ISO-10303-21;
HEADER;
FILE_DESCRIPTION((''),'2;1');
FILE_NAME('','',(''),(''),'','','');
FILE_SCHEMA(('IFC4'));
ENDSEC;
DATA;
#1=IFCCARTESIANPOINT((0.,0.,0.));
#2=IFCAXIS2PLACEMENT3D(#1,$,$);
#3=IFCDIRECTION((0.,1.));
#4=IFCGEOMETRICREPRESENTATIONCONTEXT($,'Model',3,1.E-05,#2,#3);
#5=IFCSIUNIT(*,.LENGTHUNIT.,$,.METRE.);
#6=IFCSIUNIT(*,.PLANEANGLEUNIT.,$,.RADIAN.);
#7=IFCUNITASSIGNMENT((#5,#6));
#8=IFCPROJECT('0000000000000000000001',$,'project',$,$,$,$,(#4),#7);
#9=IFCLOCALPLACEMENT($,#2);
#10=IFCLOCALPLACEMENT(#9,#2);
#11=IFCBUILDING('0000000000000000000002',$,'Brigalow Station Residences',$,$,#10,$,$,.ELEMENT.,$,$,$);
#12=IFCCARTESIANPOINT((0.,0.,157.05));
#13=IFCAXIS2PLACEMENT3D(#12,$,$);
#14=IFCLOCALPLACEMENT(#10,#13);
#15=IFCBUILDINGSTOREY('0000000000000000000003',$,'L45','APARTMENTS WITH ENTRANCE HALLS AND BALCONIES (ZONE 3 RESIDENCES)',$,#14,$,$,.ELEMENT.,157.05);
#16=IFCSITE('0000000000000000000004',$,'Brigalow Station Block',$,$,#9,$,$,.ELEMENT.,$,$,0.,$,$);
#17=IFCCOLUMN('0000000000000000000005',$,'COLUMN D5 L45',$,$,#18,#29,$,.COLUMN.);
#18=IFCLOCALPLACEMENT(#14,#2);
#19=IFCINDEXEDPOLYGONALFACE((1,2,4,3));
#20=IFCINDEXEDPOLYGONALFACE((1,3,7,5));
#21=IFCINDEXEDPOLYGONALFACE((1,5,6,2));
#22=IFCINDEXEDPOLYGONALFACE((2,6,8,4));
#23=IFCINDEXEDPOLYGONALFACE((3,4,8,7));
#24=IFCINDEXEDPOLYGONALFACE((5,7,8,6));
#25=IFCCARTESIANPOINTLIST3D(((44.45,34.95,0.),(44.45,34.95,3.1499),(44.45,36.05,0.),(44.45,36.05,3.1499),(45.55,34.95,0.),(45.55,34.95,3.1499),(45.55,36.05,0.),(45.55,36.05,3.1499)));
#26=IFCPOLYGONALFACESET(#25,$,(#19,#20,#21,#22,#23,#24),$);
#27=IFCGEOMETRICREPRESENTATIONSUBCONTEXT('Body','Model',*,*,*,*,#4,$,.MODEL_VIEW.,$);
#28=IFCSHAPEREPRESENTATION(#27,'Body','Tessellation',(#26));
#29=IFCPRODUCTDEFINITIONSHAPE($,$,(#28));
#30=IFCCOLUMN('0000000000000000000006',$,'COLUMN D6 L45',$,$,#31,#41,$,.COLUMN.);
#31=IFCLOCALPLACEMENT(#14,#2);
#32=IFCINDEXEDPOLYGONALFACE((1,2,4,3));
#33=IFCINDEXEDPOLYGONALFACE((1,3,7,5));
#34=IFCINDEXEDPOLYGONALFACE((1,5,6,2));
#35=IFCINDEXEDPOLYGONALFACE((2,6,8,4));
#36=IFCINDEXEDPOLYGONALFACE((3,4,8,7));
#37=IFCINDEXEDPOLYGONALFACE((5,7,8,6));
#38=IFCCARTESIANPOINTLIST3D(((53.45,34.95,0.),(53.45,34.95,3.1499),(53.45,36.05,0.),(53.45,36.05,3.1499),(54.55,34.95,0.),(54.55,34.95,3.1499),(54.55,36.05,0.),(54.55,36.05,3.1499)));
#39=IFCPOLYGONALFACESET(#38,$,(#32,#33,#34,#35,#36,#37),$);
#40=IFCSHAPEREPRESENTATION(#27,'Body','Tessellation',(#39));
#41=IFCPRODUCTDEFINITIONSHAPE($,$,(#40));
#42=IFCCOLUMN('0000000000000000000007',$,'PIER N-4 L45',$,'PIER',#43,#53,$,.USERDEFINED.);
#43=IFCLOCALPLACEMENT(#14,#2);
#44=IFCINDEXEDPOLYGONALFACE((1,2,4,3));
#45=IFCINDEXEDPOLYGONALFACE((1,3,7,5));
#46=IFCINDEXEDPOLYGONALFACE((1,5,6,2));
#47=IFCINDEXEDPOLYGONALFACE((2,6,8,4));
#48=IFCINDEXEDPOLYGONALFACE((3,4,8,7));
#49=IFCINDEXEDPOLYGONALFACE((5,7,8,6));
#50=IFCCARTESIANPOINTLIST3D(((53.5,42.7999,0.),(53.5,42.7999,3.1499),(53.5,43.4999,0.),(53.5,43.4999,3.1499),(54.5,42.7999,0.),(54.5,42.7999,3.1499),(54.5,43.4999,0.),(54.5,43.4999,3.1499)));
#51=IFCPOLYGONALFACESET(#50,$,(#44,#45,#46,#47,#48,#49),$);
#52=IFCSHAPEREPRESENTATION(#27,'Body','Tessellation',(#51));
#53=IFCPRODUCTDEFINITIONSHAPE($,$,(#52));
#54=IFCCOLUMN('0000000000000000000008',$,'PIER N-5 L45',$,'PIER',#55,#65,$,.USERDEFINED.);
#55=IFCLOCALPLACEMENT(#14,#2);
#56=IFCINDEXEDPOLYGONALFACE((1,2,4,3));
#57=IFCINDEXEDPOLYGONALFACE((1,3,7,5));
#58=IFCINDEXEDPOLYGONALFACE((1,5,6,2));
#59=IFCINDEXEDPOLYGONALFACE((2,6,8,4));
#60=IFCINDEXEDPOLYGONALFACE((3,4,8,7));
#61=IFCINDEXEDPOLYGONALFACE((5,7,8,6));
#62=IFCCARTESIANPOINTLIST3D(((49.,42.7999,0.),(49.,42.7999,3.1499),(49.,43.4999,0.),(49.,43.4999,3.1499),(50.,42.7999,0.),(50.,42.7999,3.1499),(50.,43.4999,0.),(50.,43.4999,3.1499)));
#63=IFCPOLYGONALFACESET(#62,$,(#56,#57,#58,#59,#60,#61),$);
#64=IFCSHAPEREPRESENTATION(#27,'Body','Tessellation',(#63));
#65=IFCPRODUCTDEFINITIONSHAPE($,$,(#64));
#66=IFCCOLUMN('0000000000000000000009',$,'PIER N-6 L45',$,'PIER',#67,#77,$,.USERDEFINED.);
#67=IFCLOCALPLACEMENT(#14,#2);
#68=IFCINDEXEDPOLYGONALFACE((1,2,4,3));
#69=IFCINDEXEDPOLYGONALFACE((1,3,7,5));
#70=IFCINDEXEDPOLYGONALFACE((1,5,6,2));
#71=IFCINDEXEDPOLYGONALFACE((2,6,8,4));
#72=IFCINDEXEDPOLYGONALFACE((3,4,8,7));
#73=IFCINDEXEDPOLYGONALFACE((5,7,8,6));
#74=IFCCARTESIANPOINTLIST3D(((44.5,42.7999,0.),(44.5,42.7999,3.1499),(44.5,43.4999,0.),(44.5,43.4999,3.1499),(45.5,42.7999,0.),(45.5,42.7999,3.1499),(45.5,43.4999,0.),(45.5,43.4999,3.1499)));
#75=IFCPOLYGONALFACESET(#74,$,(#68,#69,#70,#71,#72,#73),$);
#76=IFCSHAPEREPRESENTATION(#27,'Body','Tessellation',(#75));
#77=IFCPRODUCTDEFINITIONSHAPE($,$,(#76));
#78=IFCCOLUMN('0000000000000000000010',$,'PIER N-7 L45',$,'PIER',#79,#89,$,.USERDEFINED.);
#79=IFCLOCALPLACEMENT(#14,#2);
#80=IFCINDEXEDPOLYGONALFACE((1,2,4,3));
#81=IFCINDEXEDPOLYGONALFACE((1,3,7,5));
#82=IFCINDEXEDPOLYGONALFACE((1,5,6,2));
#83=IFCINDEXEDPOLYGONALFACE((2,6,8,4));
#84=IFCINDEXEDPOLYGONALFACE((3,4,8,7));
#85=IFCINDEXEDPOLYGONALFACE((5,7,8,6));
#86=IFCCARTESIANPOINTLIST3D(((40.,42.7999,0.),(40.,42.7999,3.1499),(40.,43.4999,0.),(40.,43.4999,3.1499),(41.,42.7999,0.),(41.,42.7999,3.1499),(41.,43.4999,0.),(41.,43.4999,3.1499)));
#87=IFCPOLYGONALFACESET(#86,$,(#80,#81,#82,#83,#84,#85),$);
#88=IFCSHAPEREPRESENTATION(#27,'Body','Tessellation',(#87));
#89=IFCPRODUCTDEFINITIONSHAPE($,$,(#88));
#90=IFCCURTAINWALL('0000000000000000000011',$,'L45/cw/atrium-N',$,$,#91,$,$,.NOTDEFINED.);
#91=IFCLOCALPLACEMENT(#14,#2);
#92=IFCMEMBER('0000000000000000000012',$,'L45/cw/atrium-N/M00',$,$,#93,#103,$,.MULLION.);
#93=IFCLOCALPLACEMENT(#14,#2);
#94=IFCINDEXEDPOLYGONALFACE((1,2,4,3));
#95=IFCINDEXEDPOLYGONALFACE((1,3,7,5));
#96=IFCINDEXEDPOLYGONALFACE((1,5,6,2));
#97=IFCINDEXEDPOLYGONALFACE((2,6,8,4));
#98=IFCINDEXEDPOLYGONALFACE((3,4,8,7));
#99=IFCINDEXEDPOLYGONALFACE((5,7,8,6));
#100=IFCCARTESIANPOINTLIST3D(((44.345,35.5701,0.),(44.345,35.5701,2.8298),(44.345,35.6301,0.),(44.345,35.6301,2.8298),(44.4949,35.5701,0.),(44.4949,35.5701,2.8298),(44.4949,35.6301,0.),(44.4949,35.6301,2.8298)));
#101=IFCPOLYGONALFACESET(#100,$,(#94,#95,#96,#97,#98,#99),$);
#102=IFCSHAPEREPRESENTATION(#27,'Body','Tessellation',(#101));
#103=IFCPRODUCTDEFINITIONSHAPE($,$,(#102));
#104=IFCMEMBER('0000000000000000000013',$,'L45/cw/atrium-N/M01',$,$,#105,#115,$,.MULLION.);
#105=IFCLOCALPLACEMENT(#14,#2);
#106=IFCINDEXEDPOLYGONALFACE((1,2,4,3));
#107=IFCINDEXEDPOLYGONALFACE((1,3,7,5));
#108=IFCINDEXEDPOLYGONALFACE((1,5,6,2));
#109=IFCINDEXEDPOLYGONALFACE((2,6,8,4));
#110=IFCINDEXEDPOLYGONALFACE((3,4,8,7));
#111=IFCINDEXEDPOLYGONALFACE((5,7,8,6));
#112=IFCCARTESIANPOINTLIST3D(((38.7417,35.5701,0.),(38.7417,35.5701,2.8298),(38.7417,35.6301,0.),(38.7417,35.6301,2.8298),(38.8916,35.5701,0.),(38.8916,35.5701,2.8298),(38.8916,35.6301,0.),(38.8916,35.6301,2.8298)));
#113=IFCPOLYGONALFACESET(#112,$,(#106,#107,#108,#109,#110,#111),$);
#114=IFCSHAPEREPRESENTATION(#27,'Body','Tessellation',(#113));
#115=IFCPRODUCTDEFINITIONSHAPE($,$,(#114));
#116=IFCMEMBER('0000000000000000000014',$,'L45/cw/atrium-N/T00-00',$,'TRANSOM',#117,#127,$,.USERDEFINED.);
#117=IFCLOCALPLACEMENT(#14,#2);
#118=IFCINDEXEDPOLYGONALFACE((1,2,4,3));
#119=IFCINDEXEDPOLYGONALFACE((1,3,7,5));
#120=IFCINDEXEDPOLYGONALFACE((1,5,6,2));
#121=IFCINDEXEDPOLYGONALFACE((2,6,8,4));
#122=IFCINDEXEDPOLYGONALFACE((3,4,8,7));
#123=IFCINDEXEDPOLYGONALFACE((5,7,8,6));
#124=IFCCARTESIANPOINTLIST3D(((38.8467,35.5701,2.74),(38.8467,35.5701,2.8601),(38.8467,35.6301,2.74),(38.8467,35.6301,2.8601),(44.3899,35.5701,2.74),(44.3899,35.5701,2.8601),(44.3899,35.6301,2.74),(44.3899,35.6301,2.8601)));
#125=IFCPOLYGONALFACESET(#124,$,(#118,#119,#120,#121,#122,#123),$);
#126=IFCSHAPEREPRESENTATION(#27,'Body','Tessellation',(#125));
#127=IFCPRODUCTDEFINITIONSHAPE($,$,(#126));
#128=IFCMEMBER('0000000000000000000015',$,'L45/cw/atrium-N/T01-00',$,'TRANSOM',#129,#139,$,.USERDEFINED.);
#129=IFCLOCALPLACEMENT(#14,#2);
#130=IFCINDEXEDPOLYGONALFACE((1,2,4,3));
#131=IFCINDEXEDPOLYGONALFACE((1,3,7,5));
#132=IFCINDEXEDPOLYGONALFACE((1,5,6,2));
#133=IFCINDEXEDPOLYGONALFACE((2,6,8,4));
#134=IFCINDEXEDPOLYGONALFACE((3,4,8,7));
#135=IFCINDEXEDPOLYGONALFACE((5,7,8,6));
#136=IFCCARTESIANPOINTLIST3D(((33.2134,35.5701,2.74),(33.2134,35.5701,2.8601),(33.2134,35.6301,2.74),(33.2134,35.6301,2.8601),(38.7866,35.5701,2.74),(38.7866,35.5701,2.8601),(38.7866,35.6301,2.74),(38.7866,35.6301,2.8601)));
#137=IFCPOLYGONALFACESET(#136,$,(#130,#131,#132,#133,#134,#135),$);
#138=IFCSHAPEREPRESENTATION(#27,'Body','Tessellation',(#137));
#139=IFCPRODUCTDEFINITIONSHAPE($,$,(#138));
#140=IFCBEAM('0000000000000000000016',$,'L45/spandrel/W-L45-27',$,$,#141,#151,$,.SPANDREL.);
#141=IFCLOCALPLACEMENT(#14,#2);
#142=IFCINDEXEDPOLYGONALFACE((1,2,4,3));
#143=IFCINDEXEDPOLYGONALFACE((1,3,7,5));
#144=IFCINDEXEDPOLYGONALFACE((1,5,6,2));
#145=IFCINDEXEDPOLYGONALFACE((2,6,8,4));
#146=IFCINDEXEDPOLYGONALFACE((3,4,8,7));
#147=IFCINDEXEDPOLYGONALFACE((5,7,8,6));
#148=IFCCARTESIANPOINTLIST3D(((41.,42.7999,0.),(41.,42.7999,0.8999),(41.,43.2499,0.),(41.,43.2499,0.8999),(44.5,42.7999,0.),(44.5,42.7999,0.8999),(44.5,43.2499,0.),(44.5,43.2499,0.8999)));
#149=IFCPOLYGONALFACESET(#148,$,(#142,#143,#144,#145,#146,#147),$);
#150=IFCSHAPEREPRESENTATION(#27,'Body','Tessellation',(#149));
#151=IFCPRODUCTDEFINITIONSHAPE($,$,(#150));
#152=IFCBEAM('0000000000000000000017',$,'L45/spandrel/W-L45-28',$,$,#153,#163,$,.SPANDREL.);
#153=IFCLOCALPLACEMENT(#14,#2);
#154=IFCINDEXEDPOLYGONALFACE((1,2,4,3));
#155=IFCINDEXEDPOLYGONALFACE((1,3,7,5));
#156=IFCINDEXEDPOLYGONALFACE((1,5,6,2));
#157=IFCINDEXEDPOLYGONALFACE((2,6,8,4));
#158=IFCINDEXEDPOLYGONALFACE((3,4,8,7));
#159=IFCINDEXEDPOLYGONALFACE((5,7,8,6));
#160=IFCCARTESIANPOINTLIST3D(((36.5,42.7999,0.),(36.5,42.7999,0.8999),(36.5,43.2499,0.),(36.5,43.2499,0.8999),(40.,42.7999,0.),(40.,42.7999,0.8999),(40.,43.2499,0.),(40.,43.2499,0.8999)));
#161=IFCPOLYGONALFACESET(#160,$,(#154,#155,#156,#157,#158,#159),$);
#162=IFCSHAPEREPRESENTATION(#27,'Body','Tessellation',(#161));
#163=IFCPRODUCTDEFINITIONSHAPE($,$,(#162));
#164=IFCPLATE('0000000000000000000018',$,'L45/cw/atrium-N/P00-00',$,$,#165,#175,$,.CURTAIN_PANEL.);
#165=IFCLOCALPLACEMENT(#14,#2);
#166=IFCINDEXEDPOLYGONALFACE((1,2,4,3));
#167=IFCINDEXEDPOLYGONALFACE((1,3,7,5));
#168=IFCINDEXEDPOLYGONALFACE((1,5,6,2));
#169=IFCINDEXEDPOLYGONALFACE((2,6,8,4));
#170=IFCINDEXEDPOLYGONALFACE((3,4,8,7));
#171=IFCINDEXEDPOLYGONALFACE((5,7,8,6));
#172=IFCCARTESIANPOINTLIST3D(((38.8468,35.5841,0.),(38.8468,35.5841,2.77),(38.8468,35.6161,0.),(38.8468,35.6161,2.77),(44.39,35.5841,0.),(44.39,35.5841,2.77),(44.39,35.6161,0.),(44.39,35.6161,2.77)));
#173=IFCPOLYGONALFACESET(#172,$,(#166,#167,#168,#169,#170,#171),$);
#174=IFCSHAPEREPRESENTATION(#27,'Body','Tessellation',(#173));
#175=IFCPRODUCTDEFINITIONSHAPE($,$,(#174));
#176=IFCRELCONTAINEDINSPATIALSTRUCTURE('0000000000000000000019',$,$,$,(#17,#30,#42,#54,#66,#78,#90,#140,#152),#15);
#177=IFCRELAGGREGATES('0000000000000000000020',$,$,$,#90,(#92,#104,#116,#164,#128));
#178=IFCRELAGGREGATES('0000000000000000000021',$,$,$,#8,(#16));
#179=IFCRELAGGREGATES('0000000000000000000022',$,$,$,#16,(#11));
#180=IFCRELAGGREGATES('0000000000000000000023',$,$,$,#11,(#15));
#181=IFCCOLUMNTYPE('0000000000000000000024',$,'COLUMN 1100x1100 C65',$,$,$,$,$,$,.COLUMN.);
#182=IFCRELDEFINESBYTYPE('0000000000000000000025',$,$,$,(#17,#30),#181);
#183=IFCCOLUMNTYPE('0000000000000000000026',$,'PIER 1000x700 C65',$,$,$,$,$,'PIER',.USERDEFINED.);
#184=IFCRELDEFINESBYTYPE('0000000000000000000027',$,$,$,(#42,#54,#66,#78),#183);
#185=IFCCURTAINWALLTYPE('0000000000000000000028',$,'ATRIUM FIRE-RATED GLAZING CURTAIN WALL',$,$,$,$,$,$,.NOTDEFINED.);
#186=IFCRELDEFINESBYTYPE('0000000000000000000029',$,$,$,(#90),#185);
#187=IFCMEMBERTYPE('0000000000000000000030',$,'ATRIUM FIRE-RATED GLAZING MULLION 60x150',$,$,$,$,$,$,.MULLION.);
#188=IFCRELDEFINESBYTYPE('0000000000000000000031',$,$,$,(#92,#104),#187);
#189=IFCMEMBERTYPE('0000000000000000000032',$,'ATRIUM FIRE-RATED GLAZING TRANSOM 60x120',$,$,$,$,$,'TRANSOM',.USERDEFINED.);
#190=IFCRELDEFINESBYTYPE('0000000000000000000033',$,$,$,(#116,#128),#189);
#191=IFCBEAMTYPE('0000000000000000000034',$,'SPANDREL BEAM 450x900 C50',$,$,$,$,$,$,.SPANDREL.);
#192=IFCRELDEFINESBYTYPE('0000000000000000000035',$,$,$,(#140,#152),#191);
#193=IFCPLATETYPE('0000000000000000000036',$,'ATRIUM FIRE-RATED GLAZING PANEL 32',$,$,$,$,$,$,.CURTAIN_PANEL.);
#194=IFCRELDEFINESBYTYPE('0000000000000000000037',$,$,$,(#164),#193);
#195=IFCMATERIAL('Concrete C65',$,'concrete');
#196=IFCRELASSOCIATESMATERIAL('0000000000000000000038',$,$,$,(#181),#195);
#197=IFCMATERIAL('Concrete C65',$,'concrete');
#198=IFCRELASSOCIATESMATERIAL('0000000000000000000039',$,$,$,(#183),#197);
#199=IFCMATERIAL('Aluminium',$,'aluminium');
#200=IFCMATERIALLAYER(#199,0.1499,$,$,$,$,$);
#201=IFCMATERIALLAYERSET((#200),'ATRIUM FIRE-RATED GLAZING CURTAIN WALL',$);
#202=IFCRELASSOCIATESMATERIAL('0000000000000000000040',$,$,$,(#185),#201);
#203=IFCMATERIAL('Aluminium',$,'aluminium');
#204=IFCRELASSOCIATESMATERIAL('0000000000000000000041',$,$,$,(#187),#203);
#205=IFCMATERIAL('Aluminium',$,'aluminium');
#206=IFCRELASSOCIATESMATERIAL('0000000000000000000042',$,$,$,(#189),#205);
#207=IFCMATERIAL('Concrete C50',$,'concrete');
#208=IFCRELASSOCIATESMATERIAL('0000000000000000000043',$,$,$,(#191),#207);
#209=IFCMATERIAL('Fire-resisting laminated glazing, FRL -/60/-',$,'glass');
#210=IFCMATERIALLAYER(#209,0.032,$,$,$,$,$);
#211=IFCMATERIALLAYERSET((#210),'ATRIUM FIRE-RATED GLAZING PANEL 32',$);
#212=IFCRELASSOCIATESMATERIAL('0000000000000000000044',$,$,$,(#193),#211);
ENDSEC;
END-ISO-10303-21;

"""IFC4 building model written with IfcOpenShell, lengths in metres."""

from ifc_helpers import new_model, si_unit, direction, frame, origin, origin_2d, place, context, subcontext, project, spatial, rectangle, extrude, material, layer, layer_set, material_profile, profile_set, type_object, element, aggregate, save


model = new_model("IFC4")

# Units and contexts
model_context = context("Model", 3, precision=1e-05, world=origin(), true_north=direction((0.0, 1.0)))
body_context = subcontext(model_context, "Body", "Model", "MODEL_VIEW")
ifc_project = project(units=[si_unit("LENGTHUNIT", "METRE"), si_unit("PLANEANGLEUNIT", "RADIAN")], contexts=[model_context])

# Site, building, storey
site_placement = place(None, origin())
site = spatial("IfcSite", under=ifc_project, at=site_placement, Name="Brigalow Station Block", CompositionType="ELEMENT", RefElevation=0.0)
building_placement = place(site_placement, origin())
building = spatial("IfcBuilding", under=site, at=building_placement, Name="Brigalow Station Residences", CompositionType="ELEMENT")
storey_placement = place(building_placement, frame((0.0, 0.0, 157.05)))
storey = spatial("IfcBuildingStorey", under=building, at=storey_placement, Name="L45", Description="APARTMENTS WITH ENTRANCE HALLS AND BALCONIES (ZONE 3 RESIDENCES)", CompositionType="ELEMENT", Elevation=157.05)

# Columns
ifc_material_1 = material(Name="Concrete C65", Category="concrete")
ifc_material_profile_1 = material_profile(ifc_material_1, rectangle(XDim=1.1001, YDim=1.1001, at=origin_2d()), Name="RC1100x1100")
ifc_profile_set_1 = profile_set([ifc_material_profile_1], Name="Concrete C65")
column_type_1 = type_object("IfcColumnType", Name="COLUMN 1100x1100 C65", PredefinedType="COLUMN", material=ifc_profile_set_1)
for number, where, z_axis, x_axis, name in (
    (1, (45.0, 35.5, 0.0), (0.0, 0.0, 1.0), (1.0, 0.0, 0.0), "COLUMN D5 L45"),
    (2, (54.0, 35.5, 0.0), (0.0, 0.0, 1.0), (1.0, 0.0, 0.0), "COLUMN D6 L45"),
):
    element("IfcColumn", number, at=place(storey_placement, frame(where, z_axis=z_axis, x_axis=x_axis)), inside=storey, type_object=column_type_1, Name=name, PredefinedType="COLUMN", context=body_context, shape_type="SweptSolid", body=[
        extrude(rectangle(XDim=1.1001, YDim=1.1001, at=origin_2d()), origin(), (0.0, 0.0, 1.0), 3.1499),
    ])
ifc_material_2 = material(Name="Concrete C65", Category="concrete")
ifc_material_profile_2 = material_profile(ifc_material_2, rectangle(XDim=1.0, YDim=0.7, at=origin_2d()), Name="RC1000x700")
ifc_profile_set_2 = profile_set([ifc_material_profile_2], Name="Concrete C65")
column_type_2 = type_object("IfcColumnType", Name="PIER 1000x700 C65", ElementType="PIER", PredefinedType="USERDEFINED", material=ifc_profile_set_2)
for number, where, z_axis, x_axis, name in (
    (3, (54.0, 43.1499, 0.0), (0.0, 0.0, 1.0), (-1.0, 0.0, 0.0), "PIER N-4 L45"),
    (4, (49.5, 43.1499, 0.0), (0.0, 0.0, 1.0), (-1.0, 0.0, 0.0), "PIER N-5 L45"),
    (5, (45.0, 43.1499, 0.0), (0.0, 0.0, 1.0), (-1.0, 0.0, 0.0), "PIER N-6 L45"),
    (6, (40.5, 43.1499, 0.0), (0.0, 0.0, 1.0), (-1.0, 0.0, 0.0), "PIER N-7 L45"),
):
    element("IfcColumn", number, at=place(storey_placement, frame(where, z_axis=z_axis, x_axis=x_axis)), inside=storey, type_object=column_type_2, Name=name, ObjectType="PIER", PredefinedType="USERDEFINED", context=body_context, shape_type="SweptSolid", body=[
        extrude(rectangle(XDim=1.0, YDim=0.7, at=origin_2d()), origin(), (0.0, 0.0, 1.0), 3.1499),
    ])

# Curtain wall, members
ifc_material_3 = material(Name="Aluminium", Category="aluminium")
ifc_layer_1 = layer(ifc_material_3, 0.1499)
ifc_layer_set_1 = layer_set([ifc_layer_1], Name="ATRIUM FIRE-RATED GLAZING CURTAIN WALL")
curtain_wall_type = type_object("IfcCurtainWallType", Name="ATRIUM FIRE-RATED GLAZING CURTAIN WALL", PredefinedType="NOTDEFINED", material=ifc_layer_set_1)
curtain_wall_placement = place(storey_placement, origin())
curtain_wall = element("IfcCurtainWall", 7, at=curtain_wall_placement, inside=storey, type_object=curtain_wall_type, Name="L45/cw/atrium-N", PredefinedType="NOTDEFINED")
ifc_material_4 = material(Name="Aluminium", Category="aluminium")
ifc_material_profile_3 = material_profile(ifc_material_4, rectangle(XDim=0.0601, YDim=0.1499, at=origin_2d()), Name="ATRIUM FIRE-RATED GLAZING MULLION 60x150")
ifc_profile_set_3 = profile_set([ifc_material_profile_3], Name="Aluminium")
member_type_1 = type_object("IfcMemberType", Name="ATRIUM FIRE-RATED GLAZING MULLION 60x150", PredefinedType="MULLION", material=ifc_profile_set_3)
member_1_placement = place(storey_placement, frame((44.4199, 35.6001, 0.0), z_axis=(0.0, 0.0, 1.0), x_axis=(0.0, -1.0, 0.0)))
member_1 = element("IfcMember", 8, at=member_1_placement, type_object=member_type_1, Name="L45/cw/atrium-N/M00", PredefinedType="MULLION", context=body_context, shape_type="SweptSolid", body=[
    extrude(rectangle(XDim=0.0601, YDim=0.1499, at=origin_2d()), origin(), (0.0, 0.0, 1.0), 2.8298),
])
member_2_placement = place(storey_placement, frame((38.8167, 35.6001, 0.0), z_axis=(0.0, 0.0, 1.0), x_axis=(0.0, -1.0, 0.0)))
member_2 = element("IfcMember", 9, at=member_2_placement, type_object=member_type_1, Name="L45/cw/atrium-N/M01", PredefinedType="MULLION", context=body_context, shape_type="SweptSolid", body=[
    extrude(rectangle(XDim=0.0601, YDim=0.1499, at=origin_2d()), origin(), (0.0, 0.0, 1.0), 2.8298),
])
ifc_material_5 = material(Name="Aluminium", Category="aluminium")
ifc_material_profile_4 = material_profile(ifc_material_5, rectangle(XDim=0.0601, YDim=0.1201, at=origin_2d()), Name="ATRIUM FIRE-RATED GLAZING TRANSOM 60x120")
ifc_profile_set_4 = profile_set([ifc_material_profile_4], Name="Aluminium")
member_type_2 = type_object("IfcMemberType", Name="ATRIUM FIRE-RATED GLAZING TRANSOM 60x120", ElementType="TRANSOM", PredefinedType="USERDEFINED", material=ifc_profile_set_4)
member_3_placement = place(storey_placement, frame((44.3899, 35.6001, 2.8), z_axis=(-1.0, 0.0, 0.0), x_axis=(0.0, -1.0, 0.0)))
member_3 = element("IfcMember", 10, at=member_3_placement, type_object=member_type_2, Name="L45/cw/atrium-N/T00-00", ObjectType="TRANSOM", PredefinedType="USERDEFINED", context=body_context, shape_type="SweptSolid", body=[
    extrude(rectangle(XDim=0.0601, YDim=0.1201, at=origin_2d()), origin(), (0.0, 0.0, 1.0), 5.5432),
])
member_4_placement = place(storey_placement, frame((38.7866, 35.6001, 2.8), z_axis=(-1.0, 0.0, 0.0), x_axis=(0.0, -1.0, 0.0)))
member_4 = element("IfcMember", 11, at=member_4_placement, type_object=member_type_2, Name="L45/cw/atrium-N/T01-00", ObjectType="TRANSOM", PredefinedType="USERDEFINED", context=body_context, shape_type="SweptSolid", body=[
    extrude(rectangle(XDim=0.0601, YDim=0.1201, at=origin_2d()), origin(), (0.0, 0.0, 1.0), 5.5732),
])

# Beams
ifc_material_6 = material(Name="Concrete C50", Category="concrete")
ifc_material_profile_5 = material_profile(ifc_material_6, rectangle(XDim=0.45, YDim=0.8999, at=origin_2d()), Name="RC450x900")
ifc_profile_set_5 = profile_set([ifc_material_profile_5], Name="Concrete C50")
beam_type = type_object("IfcBeamType", Name="SPANDREL BEAM 450x900 C50", PredefinedType="SPANDREL", material=ifc_profile_set_5)
for number, where, z_axis, x_axis, name in (
    (12, (44.5, 43.0249, 0.45), (-1.0, 0.0, 0.0), (0.0, -1.0, 0.0), "L45/spandrel/W-L45-27"),
    (13, (40.0, 43.0249, 0.45), (-1.0, 0.0, 0.0), (0.0, -1.0, 0.0), "L45/spandrel/W-L45-28"),
):
    element("IfcBeam", number, at=place(storey_placement, frame(where, z_axis=z_axis, x_axis=x_axis)), inside=storey, type_object=beam_type, Name=name, PredefinedType="SPANDREL", context=body_context, shape_type="SweptSolid", body=[
        extrude(rectangle(XDim=0.45, YDim=0.8999, at=origin_2d()), origin(), (0.0, 0.0, 1.0), 3.5),
    ])

# Plate
ifc_material_7 = material(Name="Fire-resisting laminated glazing, FRL -/60/-", Category="glass")
ifc_layer_2 = layer(ifc_material_7, 0.032)
ifc_layer_set_2 = layer_set([ifc_layer_2], Name="ATRIUM FIRE-RATED GLAZING PANEL 32")
plate_type = type_object("IfcPlateType", Name="ATRIUM FIRE-RATED GLAZING PANEL 32", PredefinedType="CURTAIN_PANEL", material=ifc_layer_set_2)
plate_placement = place(storey_placement, frame((41.6184, 35.6001, 0.0), z_axis=(0.0, 0.0, 1.0), x_axis=(-1.0, 0.0, 0.0)))
plate = element("IfcPlate", 14, at=plate_placement, type_object=plate_type, Name="L45/cw/atrium-N/P00-00", PredefinedType="CURTAIN_PANEL", context=body_context, shape_type="SweptSolid", body=[
    extrude(rectangle(XDim=5.5432, YDim=0.032, at=origin_2d()), origin(), (0.0, 0.0, 1.0), 2.77),
])
aggregate(curtain_wall, [member_1, member_2, member_3, plate, member_4])

save(model, "model.ifc")
